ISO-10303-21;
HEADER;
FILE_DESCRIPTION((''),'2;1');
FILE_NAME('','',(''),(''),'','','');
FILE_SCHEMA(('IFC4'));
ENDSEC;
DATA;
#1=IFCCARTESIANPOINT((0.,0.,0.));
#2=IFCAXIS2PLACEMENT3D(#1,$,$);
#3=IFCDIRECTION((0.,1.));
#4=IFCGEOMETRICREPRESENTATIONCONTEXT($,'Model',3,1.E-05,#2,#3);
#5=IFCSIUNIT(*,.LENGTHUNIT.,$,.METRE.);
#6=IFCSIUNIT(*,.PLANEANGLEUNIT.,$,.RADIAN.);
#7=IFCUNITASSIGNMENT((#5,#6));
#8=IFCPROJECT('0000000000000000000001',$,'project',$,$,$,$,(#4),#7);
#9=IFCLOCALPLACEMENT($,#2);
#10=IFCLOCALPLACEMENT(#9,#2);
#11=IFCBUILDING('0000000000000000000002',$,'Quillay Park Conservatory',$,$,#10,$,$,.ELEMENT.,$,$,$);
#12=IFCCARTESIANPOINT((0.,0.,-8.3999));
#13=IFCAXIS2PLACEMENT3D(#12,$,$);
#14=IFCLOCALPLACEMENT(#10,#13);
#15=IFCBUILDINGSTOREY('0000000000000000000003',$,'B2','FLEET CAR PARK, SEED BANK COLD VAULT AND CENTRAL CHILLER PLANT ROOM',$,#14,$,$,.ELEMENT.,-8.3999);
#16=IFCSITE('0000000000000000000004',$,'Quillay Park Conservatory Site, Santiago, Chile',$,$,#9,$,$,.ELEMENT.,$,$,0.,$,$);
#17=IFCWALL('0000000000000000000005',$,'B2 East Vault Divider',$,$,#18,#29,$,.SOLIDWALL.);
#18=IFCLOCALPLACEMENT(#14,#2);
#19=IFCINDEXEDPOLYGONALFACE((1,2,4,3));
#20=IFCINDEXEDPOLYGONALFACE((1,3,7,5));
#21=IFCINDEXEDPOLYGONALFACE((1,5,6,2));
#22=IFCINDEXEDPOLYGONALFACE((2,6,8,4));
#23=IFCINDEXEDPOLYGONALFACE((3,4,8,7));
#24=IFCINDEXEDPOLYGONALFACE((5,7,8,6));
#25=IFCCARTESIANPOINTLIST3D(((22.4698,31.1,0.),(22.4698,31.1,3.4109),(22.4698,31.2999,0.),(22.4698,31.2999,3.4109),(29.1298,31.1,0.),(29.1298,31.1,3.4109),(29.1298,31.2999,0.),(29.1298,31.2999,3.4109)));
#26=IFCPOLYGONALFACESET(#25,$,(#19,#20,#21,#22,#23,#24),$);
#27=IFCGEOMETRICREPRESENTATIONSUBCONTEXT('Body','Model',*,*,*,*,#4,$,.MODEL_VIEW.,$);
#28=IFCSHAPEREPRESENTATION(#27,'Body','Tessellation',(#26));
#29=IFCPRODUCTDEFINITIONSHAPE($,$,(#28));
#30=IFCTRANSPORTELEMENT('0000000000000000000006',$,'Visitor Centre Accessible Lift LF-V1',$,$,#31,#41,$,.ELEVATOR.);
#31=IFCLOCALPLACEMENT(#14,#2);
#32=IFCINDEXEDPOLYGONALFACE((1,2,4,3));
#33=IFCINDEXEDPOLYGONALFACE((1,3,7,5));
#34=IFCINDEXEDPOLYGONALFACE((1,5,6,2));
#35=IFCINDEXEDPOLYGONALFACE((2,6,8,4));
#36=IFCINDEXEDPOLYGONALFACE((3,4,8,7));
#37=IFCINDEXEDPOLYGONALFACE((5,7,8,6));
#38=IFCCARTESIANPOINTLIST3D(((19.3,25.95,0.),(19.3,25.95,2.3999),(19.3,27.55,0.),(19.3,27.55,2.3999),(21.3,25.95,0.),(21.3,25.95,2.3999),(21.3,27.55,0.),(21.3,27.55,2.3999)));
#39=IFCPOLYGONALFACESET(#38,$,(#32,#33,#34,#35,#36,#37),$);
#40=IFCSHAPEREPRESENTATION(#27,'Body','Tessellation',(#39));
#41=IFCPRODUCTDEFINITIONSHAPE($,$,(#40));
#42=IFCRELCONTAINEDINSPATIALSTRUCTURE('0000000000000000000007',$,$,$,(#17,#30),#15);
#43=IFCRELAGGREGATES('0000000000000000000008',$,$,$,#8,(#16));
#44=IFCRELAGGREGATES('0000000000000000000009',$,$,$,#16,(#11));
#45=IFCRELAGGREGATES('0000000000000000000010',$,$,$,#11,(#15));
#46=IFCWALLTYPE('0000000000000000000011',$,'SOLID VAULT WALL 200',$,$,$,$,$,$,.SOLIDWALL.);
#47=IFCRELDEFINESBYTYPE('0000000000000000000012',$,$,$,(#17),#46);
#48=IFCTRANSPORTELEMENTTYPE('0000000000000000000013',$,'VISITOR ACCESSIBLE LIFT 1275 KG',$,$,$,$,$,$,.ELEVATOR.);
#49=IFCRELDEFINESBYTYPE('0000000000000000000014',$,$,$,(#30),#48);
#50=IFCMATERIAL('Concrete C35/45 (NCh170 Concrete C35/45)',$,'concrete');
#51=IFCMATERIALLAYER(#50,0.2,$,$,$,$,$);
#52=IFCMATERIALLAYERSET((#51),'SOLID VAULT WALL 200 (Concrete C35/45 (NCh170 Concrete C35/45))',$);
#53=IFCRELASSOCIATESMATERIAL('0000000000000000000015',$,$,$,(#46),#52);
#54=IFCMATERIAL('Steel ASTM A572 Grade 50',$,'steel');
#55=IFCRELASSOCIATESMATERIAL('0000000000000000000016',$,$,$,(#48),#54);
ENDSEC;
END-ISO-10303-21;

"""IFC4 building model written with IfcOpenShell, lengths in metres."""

from ifc_helpers import new_model, si_unit, direction, frame, frame_2d, origin, origin_2d, place, context, subcontext, project, spatial, rectangle, extrude, material, layer, layer_set, type_object, element, save


model = new_model("IFC4")

# Units and contexts
model_context = context("Model", 3, precision=1e-05, world=origin(), true_north=direction((0.0, 1.0)))
body_context = subcontext(model_context, "Body", "Model", "MODEL_VIEW")
ifc_project = project(units=[si_unit("LENGTHUNIT", "METRE"), si_unit("PLANEANGLEUNIT", "RADIAN")], contexts=[model_context])

# Site, building, storey
site_placement = place(None, origin())
site = spatial("IfcSite", under=ifc_project, at=site_placement, Name="Quillay Park Conservatory Site, Santiago, Chile", CompositionType="ELEMENT", RefElevation=0.0)
building_placement = place(site_placement, origin())
building = spatial("IfcBuilding", under=site, at=building_placement, Name="Quillay Park Conservatory", CompositionType="ELEMENT")
storey_placement = place(building_placement, frame((0.0, 0.0, -8.3999)))
storey = spatial("IfcBuildingStorey", under=building, at=storey_placement, Name="B2", Description="FLEET CAR PARK, SEED BANK COLD VAULT AND CENTRAL CHILLER PLANT ROOM", CompositionType="ELEMENT", Elevation=-8.3999)

# Shared definitions
ifc_material_1 = material(Name="Concrete C35/45 (NCh170 Concrete C35/45)", Category="concrete")
ifc_layer_1 = layer(ifc_material_1, 0.2)
ifc_layer_set_1 = layer_set([ifc_layer_1], Name="SOLID VAULT WALL 200 (Concrete C35/45 (NCh170 Concrete C35/45))")
wall_type_1 = type_object("IfcWallType", Name="SOLID VAULT WALL 200", PredefinedType="SOLIDWALL", material=ifc_layer_set_1)

# Wall
wall_1_placement = place(storey_placement, frame((29.1299, 31.2, 0.0), z_axis=(0.0, 0.0, 1.0), x_axis=(-1.0, 0.0, 0.0)))
element("IfcWall", 1, at=wall_1_placement, inside=storey, type_object=wall_type_1, Name="B2 East Vault Divider", PredefinedType="SOLIDWALL", context=body_context, shape_type="SweptSolid", body=[
    extrude(rectangle(XDim=6.6599, YDim=0.2, at=frame_2d((3.3301, 0.0))), origin(), (0.0, 0.0, 1.0), 3.4109),
])

# Transport element
ifc_material_2 = material(Name="Steel ASTM A572 Grade 50", Category="steel")
transport_element_type = type_object("IfcTransportElementType", Name="VISITOR ACCESSIBLE LIFT 1275 KG", PredefinedType="ELEVATOR", material=ifc_material_2)
transport_element_placement = place(storey_placement, frame((20.3, 26.75, 0.0), z_axis=(0.0, 0.0, 1.0), x_axis=(1.0, 0.0, 0.0)))
element("IfcTransportElement", 2, at=transport_element_placement, inside=storey, type_object=transport_element_type, Name="Visitor Centre Accessible Lift LF-V1", PredefinedType="ELEVATOR", context=body_context, shape_type="SweptSolid", body=[
    extrude(rectangle(XDim=2.0, YDim=1.6001, at=origin_2d()), origin(), (0.0, 0.0, 1.0), 2.3999),
])

save(model, "model.ifc")
